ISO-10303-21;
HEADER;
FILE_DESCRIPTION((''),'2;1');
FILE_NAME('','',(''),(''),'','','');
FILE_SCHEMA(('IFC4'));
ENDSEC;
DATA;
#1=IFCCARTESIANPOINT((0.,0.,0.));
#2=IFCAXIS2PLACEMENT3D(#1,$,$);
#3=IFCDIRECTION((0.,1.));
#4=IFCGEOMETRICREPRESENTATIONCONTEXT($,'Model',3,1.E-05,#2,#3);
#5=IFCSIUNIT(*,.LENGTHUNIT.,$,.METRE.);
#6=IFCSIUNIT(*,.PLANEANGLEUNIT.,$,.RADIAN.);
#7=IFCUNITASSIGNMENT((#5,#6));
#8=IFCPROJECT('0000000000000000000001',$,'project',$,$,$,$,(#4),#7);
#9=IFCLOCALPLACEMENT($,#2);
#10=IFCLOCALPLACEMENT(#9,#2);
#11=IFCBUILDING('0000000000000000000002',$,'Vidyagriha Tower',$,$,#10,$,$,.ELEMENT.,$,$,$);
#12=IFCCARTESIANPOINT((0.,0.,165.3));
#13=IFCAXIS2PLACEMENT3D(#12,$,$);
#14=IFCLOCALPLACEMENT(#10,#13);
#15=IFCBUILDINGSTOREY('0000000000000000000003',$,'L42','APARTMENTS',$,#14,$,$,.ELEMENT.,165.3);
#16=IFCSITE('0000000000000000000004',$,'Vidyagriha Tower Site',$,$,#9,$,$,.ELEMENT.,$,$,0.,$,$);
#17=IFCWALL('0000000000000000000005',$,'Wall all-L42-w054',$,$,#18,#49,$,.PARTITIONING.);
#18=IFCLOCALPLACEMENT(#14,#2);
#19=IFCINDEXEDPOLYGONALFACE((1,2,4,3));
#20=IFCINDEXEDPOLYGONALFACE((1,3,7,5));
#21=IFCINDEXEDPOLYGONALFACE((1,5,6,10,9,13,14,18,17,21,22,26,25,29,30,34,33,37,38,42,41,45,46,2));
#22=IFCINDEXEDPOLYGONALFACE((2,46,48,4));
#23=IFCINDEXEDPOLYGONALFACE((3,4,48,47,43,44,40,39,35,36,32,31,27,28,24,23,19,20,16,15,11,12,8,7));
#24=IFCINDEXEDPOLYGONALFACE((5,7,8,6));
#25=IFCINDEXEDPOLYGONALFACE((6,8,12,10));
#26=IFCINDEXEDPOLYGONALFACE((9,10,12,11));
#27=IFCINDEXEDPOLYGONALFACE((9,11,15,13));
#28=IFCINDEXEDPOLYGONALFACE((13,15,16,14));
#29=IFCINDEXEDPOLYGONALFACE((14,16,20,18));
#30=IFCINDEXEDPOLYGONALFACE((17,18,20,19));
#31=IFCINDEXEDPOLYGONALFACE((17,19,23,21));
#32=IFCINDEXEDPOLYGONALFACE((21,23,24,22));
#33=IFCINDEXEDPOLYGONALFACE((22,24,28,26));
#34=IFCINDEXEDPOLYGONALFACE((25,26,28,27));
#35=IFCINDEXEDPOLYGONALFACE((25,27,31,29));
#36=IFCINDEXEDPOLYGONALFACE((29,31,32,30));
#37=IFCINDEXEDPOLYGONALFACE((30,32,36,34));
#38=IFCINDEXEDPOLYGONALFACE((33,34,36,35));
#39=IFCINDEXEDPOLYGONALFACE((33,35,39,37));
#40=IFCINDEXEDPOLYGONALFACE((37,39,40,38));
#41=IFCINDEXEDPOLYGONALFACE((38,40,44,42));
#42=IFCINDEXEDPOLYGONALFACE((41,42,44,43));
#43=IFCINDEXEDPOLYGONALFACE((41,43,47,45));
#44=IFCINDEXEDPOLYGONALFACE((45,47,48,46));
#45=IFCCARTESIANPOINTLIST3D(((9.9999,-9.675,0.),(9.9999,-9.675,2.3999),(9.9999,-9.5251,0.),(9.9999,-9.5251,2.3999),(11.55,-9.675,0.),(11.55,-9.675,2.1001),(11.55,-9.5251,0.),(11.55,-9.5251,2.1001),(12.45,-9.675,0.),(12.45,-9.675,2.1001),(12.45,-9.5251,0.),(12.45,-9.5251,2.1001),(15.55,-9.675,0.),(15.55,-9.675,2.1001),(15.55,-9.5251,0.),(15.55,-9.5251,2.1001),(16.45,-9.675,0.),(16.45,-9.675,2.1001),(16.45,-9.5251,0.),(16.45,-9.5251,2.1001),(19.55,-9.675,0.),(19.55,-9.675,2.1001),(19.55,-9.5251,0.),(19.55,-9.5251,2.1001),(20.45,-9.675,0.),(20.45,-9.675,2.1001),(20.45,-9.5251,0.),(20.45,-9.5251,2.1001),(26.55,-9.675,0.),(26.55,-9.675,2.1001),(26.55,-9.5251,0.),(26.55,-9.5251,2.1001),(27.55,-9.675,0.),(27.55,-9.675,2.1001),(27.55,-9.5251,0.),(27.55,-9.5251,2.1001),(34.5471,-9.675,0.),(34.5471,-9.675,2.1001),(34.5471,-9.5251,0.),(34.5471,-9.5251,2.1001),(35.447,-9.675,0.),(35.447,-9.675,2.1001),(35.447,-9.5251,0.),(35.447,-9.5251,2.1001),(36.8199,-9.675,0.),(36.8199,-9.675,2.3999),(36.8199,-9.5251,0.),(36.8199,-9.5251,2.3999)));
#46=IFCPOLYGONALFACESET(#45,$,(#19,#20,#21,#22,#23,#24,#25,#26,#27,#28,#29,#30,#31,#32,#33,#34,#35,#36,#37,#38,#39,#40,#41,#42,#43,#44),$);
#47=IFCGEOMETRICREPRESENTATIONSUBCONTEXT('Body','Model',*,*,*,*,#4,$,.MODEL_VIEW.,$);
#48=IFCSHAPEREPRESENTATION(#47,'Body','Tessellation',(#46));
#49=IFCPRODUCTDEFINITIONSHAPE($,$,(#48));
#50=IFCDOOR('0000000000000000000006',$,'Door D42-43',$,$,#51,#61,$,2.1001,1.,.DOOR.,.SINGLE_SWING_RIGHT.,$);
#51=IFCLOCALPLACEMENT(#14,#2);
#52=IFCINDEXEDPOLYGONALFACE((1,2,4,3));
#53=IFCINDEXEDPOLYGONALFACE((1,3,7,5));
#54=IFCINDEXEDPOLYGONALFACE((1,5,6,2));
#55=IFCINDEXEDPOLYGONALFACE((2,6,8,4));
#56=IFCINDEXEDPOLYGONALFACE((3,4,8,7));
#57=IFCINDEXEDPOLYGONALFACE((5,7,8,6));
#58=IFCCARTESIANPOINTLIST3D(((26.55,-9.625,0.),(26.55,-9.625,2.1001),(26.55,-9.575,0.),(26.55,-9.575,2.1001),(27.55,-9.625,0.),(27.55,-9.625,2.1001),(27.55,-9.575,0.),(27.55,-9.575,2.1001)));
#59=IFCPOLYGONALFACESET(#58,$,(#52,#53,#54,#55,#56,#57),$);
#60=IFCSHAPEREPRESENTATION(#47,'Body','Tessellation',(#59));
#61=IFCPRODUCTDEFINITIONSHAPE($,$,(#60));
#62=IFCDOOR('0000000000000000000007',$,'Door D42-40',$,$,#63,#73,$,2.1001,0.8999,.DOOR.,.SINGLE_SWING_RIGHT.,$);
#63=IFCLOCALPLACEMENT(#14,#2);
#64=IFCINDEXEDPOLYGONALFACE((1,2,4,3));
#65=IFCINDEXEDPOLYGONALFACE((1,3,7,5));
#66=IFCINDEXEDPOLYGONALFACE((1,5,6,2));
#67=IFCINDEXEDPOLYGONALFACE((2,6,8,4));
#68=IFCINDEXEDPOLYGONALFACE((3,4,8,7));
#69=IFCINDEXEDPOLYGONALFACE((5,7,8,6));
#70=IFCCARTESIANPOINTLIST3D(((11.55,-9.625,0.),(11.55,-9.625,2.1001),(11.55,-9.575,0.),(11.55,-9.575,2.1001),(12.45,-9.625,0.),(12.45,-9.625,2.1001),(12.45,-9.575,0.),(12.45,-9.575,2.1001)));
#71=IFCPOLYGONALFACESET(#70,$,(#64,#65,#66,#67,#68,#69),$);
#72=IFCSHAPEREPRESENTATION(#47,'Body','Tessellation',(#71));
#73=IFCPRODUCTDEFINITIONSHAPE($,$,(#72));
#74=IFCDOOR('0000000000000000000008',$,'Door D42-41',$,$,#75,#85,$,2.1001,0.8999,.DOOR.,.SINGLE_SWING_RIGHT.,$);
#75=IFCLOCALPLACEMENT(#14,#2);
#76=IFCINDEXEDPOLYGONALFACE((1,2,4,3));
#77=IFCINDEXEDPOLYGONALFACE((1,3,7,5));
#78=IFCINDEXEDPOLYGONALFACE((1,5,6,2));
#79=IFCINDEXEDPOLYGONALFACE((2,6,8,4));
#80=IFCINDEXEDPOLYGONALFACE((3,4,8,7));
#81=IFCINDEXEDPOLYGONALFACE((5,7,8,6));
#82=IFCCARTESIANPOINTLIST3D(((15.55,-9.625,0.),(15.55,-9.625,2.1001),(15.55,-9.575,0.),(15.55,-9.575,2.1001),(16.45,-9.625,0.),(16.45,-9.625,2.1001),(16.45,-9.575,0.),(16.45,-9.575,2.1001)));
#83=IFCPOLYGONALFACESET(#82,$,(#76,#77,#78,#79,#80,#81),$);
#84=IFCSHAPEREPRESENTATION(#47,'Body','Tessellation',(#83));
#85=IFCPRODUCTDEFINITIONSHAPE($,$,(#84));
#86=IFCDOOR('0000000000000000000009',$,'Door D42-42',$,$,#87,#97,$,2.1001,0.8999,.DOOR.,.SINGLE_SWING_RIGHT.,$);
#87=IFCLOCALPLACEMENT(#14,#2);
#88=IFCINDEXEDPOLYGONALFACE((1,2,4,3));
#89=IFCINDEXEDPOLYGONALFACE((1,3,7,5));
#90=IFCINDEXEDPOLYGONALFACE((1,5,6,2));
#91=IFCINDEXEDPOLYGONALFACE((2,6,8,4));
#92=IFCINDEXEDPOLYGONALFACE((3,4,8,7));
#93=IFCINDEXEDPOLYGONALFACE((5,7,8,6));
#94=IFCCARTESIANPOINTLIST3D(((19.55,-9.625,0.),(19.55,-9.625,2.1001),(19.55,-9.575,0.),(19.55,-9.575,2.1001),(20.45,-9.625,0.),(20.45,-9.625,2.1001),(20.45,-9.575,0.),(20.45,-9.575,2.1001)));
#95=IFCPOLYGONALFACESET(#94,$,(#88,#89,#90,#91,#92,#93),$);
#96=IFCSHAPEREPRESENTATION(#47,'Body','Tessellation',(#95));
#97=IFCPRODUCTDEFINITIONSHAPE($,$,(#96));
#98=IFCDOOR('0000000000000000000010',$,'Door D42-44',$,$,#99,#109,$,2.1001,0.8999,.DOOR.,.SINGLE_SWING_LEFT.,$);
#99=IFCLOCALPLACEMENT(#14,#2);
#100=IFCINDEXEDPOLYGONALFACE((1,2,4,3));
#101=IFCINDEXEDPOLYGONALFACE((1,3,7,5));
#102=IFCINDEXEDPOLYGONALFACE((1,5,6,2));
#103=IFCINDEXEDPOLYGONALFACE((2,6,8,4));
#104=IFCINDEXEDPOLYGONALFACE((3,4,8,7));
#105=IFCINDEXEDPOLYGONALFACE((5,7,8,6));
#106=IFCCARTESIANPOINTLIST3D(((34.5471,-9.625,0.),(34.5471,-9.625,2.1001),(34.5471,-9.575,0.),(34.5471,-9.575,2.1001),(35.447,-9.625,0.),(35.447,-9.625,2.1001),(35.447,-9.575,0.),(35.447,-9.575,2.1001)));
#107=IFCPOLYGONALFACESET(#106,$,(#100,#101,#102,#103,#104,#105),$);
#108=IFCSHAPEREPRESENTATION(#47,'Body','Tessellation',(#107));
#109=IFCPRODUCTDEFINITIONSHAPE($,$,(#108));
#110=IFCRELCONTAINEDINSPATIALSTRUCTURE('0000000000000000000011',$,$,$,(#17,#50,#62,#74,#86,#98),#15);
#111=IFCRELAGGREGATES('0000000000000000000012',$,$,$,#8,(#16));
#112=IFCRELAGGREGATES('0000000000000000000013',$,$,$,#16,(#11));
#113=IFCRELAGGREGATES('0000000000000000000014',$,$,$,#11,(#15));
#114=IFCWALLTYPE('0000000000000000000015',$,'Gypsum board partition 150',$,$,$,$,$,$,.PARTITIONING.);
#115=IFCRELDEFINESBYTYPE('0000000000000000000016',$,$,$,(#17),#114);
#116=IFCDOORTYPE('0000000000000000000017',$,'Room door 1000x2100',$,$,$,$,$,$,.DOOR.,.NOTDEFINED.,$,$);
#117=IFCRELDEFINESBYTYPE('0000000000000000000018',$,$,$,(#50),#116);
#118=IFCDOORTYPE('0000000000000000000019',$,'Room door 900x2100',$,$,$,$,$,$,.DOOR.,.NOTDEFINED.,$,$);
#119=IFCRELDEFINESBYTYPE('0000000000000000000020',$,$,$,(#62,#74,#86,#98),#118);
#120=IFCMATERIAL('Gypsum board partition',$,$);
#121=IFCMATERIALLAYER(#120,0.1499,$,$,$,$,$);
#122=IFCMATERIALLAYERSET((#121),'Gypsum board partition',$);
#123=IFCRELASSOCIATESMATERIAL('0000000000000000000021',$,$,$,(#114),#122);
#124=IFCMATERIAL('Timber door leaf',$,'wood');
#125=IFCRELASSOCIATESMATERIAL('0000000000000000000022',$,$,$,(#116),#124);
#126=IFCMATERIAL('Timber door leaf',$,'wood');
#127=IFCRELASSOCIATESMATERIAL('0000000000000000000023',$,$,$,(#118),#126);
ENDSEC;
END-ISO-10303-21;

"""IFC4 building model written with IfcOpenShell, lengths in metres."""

from ifc_helpers import new_model, si_unit, direction, frame, frame_2d, origin, place, context, subcontext, project, spatial, rectangle, extrude, material, layer, layer_set, type_object, element, fill, save


model = new_model("IFC4")

# Units and contexts
model_context = context("Model", 3, precision=1e-05, world=origin(), true_north=direction((0.0, 1.0)))
body_context = subcontext(model_context, "Body", "Model", "MODEL_VIEW")
ifc_project = project(units=[si_unit("LENGTHUNIT", "METRE"), si_unit("PLANEANGLEUNIT", "RADIAN")], contexts=[model_context])

# Site, building, storey
site_placement = place(None, origin())
site = spatial("IfcSite", under=ifc_project, at=site_placement, Name="Vidyagriha Tower Site", CompositionType="ELEMENT", RefElevation=0.0)
building_placement = place(site_placement, origin())
building = spatial("IfcBuilding", under=site, at=building_placement, Name="Vidyagriha Tower", CompositionType="ELEMENT")
storey_placement = place(building_placement, frame((0.0, 0.0, 165.3)))
storey = spatial("IfcBuildingStorey", under=building, at=storey_placement, Name="L42", Description="APARTMENTS", CompositionType="ELEMENT", Elevation=165.3)

# Wall, openings, doors
ifc_material_1 = material(Name="Gypsum board partition")
ifc_layer_1 = layer(ifc_material_1, 0.1499)
ifc_layer_set_1 = layer_set([ifc_layer_1], Name="Gypsum board partition")
wall_type_1 = type_object("IfcWallType", Name="Gypsum board partition 150", PredefinedType="PARTITIONING", material=ifc_layer_set_1)
wall_1_placement = place(storey_placement, frame((36.8201, -9.6001, 0.0), z_axis=(0.0, 0.0, 1.0), x_axis=(-1.0, 0.0, 0.0)))
wall_1 = element("IfcWall", 1, at=wall_1_placement, inside=storey, type_object=wall_type_1, Name="Wall all-L42-w054", PredefinedType="PARTITIONING", context=body_context, shape_type="SweptSolid", body=[
    extrude(rectangle(XDim=26.8201, YDim=0.1499, at=frame_2d((13.4102, 0.0))), origin(), (0.0, 0.0, 1.0), 2.3999),
])
opening_1_placement = place(wall_1_placement, frame((24.3701, 0.0, 0.0)))
opening_1 = element("IfcOpeningElement", 2, at=opening_1_placement, cuts=wall_1, PredefinedType="OPENING", context=body_context, shape_type="SweptSolid", body=[
    extrude(rectangle(XDim=0.8999, YDim=2.1001, at=frame_2d((0.45, 1.05))), frame((0.0, 0.085, 0.0), z_axis=(0.0, -1.0, 0.0), x_axis=(1.0, 0.0, 0.0)), (0.0, 0.0, 1.0), 0.1699),
])
opening_2_placement = place(wall_1_placement, frame((20.3701, 0.0, 0.0)))
opening_2 = element("IfcOpeningElement", 3, at=opening_2_placement, cuts=wall_1, PredefinedType="OPENING", context=body_context, shape_type="SweptSolid", body=[
    extrude(rectangle(XDim=0.8999, YDim=2.1001, at=frame_2d((0.45, 1.05))), frame((0.0, 0.085, 0.0), z_axis=(0.0, -1.0, 0.0), x_axis=(1.0, 0.0, 0.0)), (0.0, 0.0, 1.0), 0.1699),
])
opening_3_placement = place(wall_1_placement, frame((16.3701, 0.0, 0.0)))
opening_3 = element("IfcOpeningElement", 4, at=opening_3_placement, cuts=wall_1, PredefinedType="OPENING", context=body_context, shape_type="SweptSolid", body=[
    extrude(rectangle(XDim=0.8999, YDim=2.1001, at=frame_2d((0.45, 1.05))), frame((0.0, 0.085, 0.0), z_axis=(0.0, -1.0, 0.0), x_axis=(1.0, 0.0, 0.0)), (0.0, 0.0, 1.0), 0.1699),
])
opening_4_placement = place(wall_1_placement, frame((9.27, 0.0, 0.0)))
opening_4 = element("IfcOpeningElement", 5, at=opening_4_placement, cuts=wall_1, PredefinedType="OPENING", context=body_context, shape_type="SweptSolid", body=[
    extrude(rectangle(XDim=1.0, YDim=2.1001, at=frame_2d((0.5, 1.05))), frame((0.0, 0.085, 0.0), z_axis=(0.0, -1.0, 0.0), x_axis=(1.0, 0.0, 0.0)), (0.0, 0.0, 1.0), 0.1699),
])
opening_5_placement = place(wall_1_placement, frame((1.373, 0.0, 0.0)))
opening_5 = element("IfcOpeningElement", 6, at=opening_5_placement, cuts=wall_1, PredefinedType="OPENING", context=body_context, shape_type="SweptSolid", body=[
    extrude(rectangle(XDim=0.8999, YDim=2.1001, at=frame_2d((0.45, 1.05))), frame((0.0, 0.085, 0.0), z_axis=(0.0, -1.0, 0.0), x_axis=(1.0, 0.0, 0.0)), (0.0, 0.0, 1.0), 0.1699),
])
ifc_material_2 = material(Name="Timber door leaf", Category="wood")
door_type_1 = type_object("IfcDoorType", Name="Room door 1000x2100", OperationType="NOTDEFINED", PredefinedType="DOOR", material=ifc_material_2)
door_1_placement = place(opening_4_placement, origin())
door_1 = element("IfcDoor", 7, at=door_1_placement, inside=storey, type_object=door_type_1, Name="Door D42-43", OperationType="SINGLE_SWING_RIGHT", OverallHeight=2.1001, OverallWidth=1.0, PredefinedType="DOOR", context=body_context, shape_type="SweptSolid", body=[
    extrude(rectangle(XDim=1.0, YDim=2.1001, at=frame_2d((0.5, 1.05))), frame((0.0, 0.0249, 0.0), z_axis=(0.0, -1.0, 0.0), x_axis=(1.0, 0.0, 0.0)), (0.0, 0.0, 1.0), 0.05),
])
fill(opening_4, door_1)
ifc_material_3 = material(Name="Timber door leaf", Category="wood")
door_type_2 = type_object("IfcDoorType", Name="Room door 900x2100", OperationType="NOTDEFINED", PredefinedType="DOOR", material=ifc_material_3)
door_2_placement = place(opening_1_placement, origin())
door_2 = element("IfcDoor", 8, at=door_2_placement, inside=storey, type_object=door_type_2, Name="Door D42-40", OperationType="SINGLE_SWING_RIGHT", OverallHeight=2.1001, OverallWidth=0.8999, PredefinedType="DOOR", context=body_context, shape_type="SweptSolid", body=[
    extrude(rectangle(XDim=0.8999, YDim=2.1001, at=frame_2d((0.45, 1.05))), frame((0.0, 0.0249, 0.0), z_axis=(0.0, -1.0, 0.0), x_axis=(1.0, 0.0, 0.0)), (0.0, 0.0, 1.0), 0.05),
])
fill(opening_1, door_2)
door_3_placement = place(opening_2_placement, origin())
door_3 = element("IfcDoor", 9, at=door_3_placement, inside=storey, type_object=door_type_2, Name="Door D42-41", OperationType="SINGLE_SWING_RIGHT", OverallHeight=2.1001, OverallWidth=0.8999, PredefinedType="DOOR", context=body_context, shape_type="SweptSolid", body=[
    extrude(rectangle(XDim=0.8999, YDim=2.1001, at=frame_2d((0.45, 1.05))), frame((0.0, 0.0249, 0.0), z_axis=(0.0, -1.0, 0.0), x_axis=(1.0, 0.0, 0.0)), (0.0, 0.0, 1.0), 0.05),
])
fill(opening_2, door_3)
door_4_placement = place(opening_3_placement, origin())
door_4 = element("IfcDoor", 10, at=door_4_placement, inside=storey, type_object=door_type_2, Name="Door D42-42", OperationType="SINGLE_SWING_RIGHT", OverallHeight=2.1001, OverallWidth=0.8999, PredefinedType="DOOR", context=body_context, shape_type="SweptSolid", body=[
    extrude(rectangle(XDim=0.8999, YDim=2.1001, at=frame_2d((0.45, 1.05))), frame((0.0, 0.0249, 0.0), z_axis=(0.0, -1.0, 0.0), x_axis=(1.0, 0.0, 0.0)), (0.0, 0.0, 1.0), 0.05),
])
fill(opening_3, door_4)
door_5_placement = place(opening_5_placement, origin())
door_5 = element("IfcDoor", 11, at=door_5_placement, inside=storey, type_object=door_type_2, Name="Door D42-44", OperationType="SINGLE_SWING_LEFT", OverallHeight=2.1001, OverallWidth=0.8999, PredefinedType="DOOR", context=body_context, shape_type="SweptSolid", body=[
    extrude(rectangle(XDim=0.8999, YDim=2.1001, at=frame_2d((0.45, 1.05))), frame((0.0, 0.0249, 0.0), z_axis=(0.0, -1.0, 0.0), x_axis=(1.0, 0.0, 0.0)), (0.0, 0.0, 1.0), 0.05),
])
fill(opening_5, door_5)

save(model, "model.ifc")
